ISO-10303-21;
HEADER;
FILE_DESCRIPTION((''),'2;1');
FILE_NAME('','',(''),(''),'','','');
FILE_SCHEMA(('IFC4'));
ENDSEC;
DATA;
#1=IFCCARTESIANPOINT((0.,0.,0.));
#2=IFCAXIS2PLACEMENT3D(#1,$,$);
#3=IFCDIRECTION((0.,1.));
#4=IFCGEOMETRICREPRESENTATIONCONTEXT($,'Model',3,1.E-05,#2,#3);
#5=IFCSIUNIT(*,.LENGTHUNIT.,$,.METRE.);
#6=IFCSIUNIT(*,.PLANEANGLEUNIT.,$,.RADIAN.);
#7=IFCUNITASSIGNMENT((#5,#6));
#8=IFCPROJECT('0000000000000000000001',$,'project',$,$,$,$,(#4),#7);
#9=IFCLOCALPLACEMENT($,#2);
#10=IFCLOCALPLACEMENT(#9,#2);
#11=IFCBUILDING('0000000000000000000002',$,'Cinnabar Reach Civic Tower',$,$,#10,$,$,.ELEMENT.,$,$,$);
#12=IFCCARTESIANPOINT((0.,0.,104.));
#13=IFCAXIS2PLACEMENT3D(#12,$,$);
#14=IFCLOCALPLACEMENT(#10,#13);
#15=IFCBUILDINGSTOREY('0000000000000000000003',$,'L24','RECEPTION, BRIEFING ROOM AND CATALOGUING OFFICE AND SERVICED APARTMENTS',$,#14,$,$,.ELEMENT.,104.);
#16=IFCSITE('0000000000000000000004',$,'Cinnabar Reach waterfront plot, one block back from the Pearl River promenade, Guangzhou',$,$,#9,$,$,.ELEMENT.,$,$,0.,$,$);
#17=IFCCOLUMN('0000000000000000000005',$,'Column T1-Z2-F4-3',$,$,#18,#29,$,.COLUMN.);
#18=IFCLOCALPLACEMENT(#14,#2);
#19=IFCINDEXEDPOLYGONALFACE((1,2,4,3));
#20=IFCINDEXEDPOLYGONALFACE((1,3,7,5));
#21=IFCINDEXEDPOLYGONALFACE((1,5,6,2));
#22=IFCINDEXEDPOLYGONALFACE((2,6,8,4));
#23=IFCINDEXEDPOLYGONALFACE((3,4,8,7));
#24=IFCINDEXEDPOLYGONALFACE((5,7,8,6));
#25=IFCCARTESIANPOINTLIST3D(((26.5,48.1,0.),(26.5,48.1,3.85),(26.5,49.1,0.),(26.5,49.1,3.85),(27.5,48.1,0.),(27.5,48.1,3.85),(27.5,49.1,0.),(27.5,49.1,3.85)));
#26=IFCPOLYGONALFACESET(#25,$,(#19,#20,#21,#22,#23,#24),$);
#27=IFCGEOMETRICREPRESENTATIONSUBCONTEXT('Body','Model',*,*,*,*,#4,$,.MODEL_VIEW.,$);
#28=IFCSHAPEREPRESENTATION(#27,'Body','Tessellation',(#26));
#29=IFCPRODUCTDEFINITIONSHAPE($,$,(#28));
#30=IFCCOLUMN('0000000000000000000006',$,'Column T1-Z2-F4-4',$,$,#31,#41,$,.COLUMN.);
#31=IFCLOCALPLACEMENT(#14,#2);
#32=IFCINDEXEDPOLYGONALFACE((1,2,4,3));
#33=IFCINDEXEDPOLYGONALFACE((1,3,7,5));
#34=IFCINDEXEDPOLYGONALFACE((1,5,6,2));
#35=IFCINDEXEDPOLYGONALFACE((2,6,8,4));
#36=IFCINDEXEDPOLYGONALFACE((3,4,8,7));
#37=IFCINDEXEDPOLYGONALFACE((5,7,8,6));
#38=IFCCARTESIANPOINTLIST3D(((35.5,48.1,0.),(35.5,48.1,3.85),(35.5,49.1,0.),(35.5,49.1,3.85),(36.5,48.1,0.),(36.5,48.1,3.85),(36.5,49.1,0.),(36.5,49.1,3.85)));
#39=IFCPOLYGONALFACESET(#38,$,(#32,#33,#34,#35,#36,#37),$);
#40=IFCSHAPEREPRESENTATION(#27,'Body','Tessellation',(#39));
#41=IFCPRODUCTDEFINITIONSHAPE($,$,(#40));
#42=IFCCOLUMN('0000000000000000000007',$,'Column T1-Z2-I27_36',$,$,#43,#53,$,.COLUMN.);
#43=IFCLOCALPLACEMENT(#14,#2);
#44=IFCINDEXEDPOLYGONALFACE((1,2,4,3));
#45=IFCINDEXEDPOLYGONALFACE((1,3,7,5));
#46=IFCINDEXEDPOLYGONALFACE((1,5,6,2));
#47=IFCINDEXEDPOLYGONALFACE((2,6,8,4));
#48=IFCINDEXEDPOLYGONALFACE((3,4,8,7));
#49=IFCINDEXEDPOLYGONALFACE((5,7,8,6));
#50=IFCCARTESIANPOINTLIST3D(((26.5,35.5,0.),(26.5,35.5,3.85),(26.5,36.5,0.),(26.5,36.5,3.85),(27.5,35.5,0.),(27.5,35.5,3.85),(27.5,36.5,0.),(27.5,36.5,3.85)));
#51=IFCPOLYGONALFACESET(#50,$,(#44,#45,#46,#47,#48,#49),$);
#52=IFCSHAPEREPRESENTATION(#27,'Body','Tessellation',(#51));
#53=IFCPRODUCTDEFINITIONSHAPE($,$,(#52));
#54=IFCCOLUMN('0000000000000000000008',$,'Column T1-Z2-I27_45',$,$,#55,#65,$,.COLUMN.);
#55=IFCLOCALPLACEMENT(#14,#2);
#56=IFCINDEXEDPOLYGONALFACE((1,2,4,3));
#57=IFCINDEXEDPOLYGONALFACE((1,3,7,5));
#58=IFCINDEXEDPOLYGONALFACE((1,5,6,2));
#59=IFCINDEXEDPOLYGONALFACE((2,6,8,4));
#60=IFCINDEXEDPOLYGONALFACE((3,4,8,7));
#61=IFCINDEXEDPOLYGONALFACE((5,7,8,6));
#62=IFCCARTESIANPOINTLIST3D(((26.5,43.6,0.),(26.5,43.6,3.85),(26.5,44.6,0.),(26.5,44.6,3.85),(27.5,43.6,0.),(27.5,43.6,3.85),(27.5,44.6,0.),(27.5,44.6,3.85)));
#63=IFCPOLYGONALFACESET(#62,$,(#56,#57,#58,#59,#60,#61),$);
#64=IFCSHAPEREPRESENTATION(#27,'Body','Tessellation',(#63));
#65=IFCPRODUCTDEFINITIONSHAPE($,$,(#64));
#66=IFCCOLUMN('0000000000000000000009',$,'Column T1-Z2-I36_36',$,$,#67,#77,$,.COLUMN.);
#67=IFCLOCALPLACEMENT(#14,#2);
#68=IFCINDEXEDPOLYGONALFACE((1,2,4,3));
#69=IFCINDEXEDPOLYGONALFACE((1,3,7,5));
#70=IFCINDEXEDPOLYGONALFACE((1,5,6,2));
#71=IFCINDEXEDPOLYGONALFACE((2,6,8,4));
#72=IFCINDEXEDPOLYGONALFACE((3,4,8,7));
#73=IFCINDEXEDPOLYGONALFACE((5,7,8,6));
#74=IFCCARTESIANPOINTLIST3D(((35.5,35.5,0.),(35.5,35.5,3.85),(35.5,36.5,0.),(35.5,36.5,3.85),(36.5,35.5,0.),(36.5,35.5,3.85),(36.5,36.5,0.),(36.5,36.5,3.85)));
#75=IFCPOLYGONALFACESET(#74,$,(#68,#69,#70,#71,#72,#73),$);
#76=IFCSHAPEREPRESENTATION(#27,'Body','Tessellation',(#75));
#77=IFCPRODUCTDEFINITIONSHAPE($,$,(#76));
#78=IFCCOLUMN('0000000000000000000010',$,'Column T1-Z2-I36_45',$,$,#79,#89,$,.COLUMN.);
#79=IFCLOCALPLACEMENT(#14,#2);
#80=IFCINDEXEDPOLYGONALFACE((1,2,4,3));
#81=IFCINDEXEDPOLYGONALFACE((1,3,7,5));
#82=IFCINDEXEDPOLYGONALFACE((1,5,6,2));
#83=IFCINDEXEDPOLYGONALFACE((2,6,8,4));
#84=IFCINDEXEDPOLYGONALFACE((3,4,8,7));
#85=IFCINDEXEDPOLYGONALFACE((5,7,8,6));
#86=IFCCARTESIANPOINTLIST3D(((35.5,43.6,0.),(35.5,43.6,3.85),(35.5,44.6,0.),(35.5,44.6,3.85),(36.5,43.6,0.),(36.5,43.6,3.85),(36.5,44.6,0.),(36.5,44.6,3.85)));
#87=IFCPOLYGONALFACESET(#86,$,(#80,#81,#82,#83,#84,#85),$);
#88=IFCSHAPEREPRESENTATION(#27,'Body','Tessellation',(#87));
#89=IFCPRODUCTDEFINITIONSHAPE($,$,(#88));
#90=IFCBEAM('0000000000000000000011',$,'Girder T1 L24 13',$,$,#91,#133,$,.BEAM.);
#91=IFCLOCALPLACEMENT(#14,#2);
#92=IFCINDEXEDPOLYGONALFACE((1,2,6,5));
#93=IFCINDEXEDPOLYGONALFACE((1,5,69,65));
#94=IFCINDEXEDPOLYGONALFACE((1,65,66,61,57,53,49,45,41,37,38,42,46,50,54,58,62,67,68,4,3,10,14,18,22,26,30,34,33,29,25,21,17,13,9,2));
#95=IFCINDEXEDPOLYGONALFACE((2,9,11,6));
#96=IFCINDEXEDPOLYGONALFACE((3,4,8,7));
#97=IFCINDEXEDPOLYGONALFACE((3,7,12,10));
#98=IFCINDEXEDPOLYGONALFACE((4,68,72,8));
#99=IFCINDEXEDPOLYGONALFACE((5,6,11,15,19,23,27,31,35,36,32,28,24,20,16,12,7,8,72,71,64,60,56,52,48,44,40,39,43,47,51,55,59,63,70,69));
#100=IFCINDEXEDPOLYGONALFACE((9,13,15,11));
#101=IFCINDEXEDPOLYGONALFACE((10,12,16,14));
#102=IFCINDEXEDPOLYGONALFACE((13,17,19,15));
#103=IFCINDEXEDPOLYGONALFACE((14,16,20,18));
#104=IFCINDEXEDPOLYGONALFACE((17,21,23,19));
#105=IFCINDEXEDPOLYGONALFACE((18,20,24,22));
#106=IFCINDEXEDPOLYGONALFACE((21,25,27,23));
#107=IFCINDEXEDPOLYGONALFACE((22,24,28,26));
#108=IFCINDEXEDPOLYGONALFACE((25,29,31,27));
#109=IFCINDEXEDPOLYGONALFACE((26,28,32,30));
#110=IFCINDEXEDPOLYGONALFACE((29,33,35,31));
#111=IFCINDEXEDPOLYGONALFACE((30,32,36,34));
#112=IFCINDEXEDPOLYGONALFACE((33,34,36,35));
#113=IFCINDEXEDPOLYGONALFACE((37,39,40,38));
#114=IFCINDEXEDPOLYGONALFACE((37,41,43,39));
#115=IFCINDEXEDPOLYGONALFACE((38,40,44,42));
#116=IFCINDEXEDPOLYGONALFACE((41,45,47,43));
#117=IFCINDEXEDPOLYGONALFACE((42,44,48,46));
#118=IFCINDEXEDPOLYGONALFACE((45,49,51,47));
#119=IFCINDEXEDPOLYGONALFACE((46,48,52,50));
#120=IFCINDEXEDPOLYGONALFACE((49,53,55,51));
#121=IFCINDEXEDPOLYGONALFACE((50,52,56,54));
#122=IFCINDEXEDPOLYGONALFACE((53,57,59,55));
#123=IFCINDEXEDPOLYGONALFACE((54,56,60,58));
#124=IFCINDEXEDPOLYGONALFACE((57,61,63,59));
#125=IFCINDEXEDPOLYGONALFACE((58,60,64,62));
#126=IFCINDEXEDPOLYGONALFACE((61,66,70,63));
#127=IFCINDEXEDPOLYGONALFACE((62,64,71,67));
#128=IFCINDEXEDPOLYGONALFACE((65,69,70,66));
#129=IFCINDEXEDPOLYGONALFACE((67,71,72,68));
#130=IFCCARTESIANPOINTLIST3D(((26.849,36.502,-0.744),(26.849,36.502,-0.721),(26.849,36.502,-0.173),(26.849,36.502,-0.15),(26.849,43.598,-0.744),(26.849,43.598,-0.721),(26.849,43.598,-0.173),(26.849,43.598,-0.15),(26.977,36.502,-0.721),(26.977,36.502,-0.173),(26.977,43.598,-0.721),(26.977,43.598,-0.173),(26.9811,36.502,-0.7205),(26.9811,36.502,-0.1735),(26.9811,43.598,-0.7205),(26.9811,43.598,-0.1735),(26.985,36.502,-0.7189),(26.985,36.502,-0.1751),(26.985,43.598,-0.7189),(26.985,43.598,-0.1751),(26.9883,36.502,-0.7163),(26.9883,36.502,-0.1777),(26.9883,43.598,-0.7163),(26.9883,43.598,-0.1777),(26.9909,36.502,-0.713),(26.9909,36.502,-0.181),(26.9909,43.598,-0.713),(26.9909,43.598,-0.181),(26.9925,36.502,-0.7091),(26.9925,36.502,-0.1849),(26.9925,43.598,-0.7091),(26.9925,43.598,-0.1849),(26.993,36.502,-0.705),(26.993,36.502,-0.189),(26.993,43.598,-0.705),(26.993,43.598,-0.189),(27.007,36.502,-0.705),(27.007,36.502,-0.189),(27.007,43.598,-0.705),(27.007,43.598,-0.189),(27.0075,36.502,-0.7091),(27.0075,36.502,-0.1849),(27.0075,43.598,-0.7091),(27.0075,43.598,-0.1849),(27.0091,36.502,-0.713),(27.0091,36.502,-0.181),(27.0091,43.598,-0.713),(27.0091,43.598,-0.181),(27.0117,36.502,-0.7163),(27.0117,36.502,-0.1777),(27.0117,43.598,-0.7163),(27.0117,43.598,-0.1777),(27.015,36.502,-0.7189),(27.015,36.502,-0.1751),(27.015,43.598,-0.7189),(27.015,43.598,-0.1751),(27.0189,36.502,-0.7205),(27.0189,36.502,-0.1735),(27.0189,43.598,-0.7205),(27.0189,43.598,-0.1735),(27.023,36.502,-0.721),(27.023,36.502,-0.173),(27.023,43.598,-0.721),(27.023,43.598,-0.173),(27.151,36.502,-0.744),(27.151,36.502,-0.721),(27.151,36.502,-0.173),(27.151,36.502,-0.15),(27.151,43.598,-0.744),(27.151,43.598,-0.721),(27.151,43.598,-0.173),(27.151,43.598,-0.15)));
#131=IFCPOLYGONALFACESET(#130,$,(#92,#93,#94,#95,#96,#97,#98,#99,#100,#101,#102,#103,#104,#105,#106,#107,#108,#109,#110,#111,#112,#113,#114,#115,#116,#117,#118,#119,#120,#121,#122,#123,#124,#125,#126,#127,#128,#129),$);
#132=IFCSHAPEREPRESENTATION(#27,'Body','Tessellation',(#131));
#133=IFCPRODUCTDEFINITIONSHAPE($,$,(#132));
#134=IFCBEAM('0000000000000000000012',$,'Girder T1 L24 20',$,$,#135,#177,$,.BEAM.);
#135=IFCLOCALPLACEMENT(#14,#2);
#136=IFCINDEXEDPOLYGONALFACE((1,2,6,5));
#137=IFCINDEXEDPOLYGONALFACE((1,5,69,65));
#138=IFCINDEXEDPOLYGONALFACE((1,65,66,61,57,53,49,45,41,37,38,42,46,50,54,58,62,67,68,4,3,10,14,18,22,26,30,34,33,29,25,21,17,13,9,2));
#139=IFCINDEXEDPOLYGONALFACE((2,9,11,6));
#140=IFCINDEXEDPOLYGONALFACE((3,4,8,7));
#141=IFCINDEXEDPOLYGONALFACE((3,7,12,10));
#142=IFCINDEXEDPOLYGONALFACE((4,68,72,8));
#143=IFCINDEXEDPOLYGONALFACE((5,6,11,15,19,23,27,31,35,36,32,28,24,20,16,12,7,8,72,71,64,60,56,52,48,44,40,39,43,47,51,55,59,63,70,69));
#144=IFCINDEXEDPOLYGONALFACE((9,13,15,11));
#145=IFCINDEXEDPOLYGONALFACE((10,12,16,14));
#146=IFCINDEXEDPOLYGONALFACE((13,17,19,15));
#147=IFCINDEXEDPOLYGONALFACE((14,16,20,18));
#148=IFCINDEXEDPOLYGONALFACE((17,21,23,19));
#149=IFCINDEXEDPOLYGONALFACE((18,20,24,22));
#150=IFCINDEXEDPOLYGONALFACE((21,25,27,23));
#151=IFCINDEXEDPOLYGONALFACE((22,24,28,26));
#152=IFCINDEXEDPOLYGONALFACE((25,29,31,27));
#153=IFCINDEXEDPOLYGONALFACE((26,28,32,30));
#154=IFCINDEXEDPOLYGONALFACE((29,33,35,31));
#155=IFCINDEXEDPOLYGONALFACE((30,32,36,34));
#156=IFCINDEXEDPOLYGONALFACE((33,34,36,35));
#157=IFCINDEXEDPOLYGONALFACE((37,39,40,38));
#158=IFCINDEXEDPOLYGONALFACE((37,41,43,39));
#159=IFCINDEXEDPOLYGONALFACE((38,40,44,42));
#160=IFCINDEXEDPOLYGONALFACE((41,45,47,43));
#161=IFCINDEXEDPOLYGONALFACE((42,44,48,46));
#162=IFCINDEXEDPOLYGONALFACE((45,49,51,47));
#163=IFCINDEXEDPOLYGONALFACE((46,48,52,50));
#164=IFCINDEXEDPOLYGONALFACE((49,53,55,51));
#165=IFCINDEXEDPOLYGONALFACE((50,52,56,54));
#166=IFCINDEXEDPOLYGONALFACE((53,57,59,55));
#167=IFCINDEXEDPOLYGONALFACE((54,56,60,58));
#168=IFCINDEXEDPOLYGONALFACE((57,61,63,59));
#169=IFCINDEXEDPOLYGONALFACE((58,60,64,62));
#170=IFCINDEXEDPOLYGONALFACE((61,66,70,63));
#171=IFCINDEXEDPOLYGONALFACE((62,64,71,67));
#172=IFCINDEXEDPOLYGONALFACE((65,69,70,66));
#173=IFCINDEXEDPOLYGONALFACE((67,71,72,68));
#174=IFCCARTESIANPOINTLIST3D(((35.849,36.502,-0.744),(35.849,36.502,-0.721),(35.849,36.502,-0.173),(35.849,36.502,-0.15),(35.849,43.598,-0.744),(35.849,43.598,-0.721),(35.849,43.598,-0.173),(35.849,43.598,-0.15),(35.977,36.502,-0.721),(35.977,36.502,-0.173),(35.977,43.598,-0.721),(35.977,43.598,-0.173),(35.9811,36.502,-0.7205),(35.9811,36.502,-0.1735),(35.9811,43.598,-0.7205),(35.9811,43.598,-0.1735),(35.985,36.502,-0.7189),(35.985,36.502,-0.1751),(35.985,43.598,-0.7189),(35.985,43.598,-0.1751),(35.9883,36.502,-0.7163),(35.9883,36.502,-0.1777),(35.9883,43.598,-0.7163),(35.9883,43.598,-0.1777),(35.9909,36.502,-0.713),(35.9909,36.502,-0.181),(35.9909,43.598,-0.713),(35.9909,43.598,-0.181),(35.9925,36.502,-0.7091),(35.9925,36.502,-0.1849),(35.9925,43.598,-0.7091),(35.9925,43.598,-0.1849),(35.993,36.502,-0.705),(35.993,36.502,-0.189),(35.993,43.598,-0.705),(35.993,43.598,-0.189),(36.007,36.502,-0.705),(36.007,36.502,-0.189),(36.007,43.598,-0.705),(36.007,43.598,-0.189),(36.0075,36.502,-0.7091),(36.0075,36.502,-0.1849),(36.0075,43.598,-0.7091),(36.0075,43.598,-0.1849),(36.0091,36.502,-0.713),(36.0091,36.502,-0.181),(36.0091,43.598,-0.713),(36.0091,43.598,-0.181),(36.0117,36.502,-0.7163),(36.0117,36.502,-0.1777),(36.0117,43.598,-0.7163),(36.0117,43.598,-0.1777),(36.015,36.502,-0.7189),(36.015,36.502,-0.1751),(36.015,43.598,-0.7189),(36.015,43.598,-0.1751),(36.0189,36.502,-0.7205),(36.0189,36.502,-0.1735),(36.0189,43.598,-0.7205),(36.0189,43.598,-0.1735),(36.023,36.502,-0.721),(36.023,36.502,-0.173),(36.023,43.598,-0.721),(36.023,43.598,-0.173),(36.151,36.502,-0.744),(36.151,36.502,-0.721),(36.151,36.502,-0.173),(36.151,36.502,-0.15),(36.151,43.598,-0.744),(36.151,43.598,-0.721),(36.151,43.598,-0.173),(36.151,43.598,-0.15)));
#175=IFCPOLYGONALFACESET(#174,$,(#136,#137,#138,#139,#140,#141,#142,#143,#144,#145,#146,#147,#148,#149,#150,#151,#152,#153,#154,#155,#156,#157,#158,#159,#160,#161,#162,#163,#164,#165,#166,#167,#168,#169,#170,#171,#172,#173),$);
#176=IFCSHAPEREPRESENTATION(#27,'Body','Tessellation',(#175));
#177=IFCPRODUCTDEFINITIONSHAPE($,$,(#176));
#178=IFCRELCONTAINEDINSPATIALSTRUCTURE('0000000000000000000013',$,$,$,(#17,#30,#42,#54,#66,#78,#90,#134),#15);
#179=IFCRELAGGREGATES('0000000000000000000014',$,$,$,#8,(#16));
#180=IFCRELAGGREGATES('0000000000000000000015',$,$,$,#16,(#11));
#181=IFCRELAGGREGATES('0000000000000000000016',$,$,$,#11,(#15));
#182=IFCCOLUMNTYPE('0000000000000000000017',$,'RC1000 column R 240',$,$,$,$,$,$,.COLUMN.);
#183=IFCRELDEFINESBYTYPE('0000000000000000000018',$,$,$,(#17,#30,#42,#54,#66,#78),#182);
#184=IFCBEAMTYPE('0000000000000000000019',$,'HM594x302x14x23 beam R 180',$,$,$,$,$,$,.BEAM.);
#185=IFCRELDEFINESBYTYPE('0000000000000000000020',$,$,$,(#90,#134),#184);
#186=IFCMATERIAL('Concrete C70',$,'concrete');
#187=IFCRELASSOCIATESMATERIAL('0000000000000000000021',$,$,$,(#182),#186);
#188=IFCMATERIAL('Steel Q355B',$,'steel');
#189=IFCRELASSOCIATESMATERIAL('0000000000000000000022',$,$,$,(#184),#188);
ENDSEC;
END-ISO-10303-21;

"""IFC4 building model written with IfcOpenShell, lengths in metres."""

from ifc_helpers import new_model, si_unit, direction, frame, origin, origin_2d, place, context, subcontext, project, spatial, rectangle, i_section, extrude, material, material_profile, profile_set, type_object, element, save


model = new_model("IFC4")

# Units and contexts
model_context = context("Model", 3, precision=1e-05, world=origin(), true_north=direction((0.0, 1.0)))
body_context = subcontext(model_context, "Body", "Model", "MODEL_VIEW")
ifc_project = project(units=[si_unit("LENGTHUNIT", "METRE"), si_unit("PLANEANGLEUNIT", "RADIAN")], contexts=[model_context])

# Site, building, storey
site_placement = place(None, origin())
site = spatial("IfcSite", under=ifc_project, at=site_placement, Name="Cinnabar Reach waterfront plot, one block back from the Pearl River promenade, Guangzhou", CompositionType="ELEMENT", RefElevation=0.0)
building_placement = place(site_placement, origin())
building = spatial("IfcBuilding", under=site, at=building_placement, Name="Cinnabar Reach Civic Tower", CompositionType="ELEMENT")
storey_placement = place(building_placement, frame((0.0, 0.0, 104.0)))
storey = spatial("IfcBuildingStorey", under=building, at=storey_placement, Name="L24", Description="RECEPTION, BRIEFING ROOM AND CATALOGUING OFFICE AND SERVICED APARTMENTS", CompositionType="ELEMENT", Elevation=104.0)

# Columns
ifc_material_1 = material(Name="Concrete C70", Category="concrete")
ifc_material_profile_1 = material_profile(ifc_material_1, rectangle(XDim=1.0, YDim=1.0, at=origin_2d()), Name="RC1000")
ifc_profile_set_1 = profile_set([ifc_material_profile_1], Name="Concrete C70")
column_type = type_object("IfcColumnType", Name="RC1000 column R 240", PredefinedType="COLUMN", material=ifc_profile_set_1)
for number, where, z_axis, x_axis, name in (
    (1, (27.0, 48.6, 0.0), (0.0, 0.0, 1.0), (1.0, 0.0, 0.0), "Column T1-Z2-F4-3"),
    (2, (36.0, 48.6, 0.0), (0.0, 0.0, 1.0), (1.0, 0.0, 0.0), "Column T1-Z2-F4-4"),
    (3, (27.0, 36.0, 0.0), (0.0, 0.0, 1.0), (1.0, 0.0, 0.0), "Column T1-Z2-I27_36"),
    (4, (27.0, 44.1, 0.0), (0.0, 0.0, 1.0), (1.0, 0.0, 0.0), "Column T1-Z2-I27_45"),
    (5, (36.0, 36.0, 0.0), (0.0, 0.0, 1.0), (1.0, 0.0, 0.0), "Column T1-Z2-I36_36"),
    (6, (36.0, 44.1, 0.0), (0.0, 0.0, 1.0), (1.0, 0.0, 0.0), "Column T1-Z2-I36_45"),
):
    element("IfcColumn", number, at=place(storey_placement, frame(where, z_axis=z_axis, x_axis=x_axis)), inside=storey, type_object=column_type, Name=name, PredefinedType="COLUMN", context=body_context, shape_type="SweptSolid", body=[
        extrude(rectangle(XDim=1.0, YDim=1.0, at=origin_2d()), origin(), (0.0, 0.0, 1.0), 3.85),
    ])

# Beams
ifc_material_2 = material(Name="Steel Q355B", Category="steel")
ifc_material_profile_2 = material_profile(ifc_material_2, i_section(OverallWidth=0.302, OverallDepth=0.594, WebThickness=0.014, FlangeThickness=0.023, FilletRadius=0.016, at=origin_2d()), Name="HM594x302x14x23")
ifc_profile_set_2 = profile_set([ifc_material_profile_2], Name="Steel Q355B")
beam_type_1 = type_object("IfcBeamType", Name="HM594x302x14x23 beam R 180", PredefinedType="BEAM", material=ifc_profile_set_2)
for number, where, z_axis, x_axis, name in (
    (7, (27.0, 36.502, -0.447), (0.0, 1.0, 0.0), (-1.0, 0.0, 0.0), "Girder T1 L24 13"),
    (8, (36.0, 36.502, -0.447), (0.0, 1.0, 0.0), (-1.0, 0.0, 0.0), "Girder T1 L24 20"),
):
    element("IfcBeam", number, at=place(storey_placement, frame(where, z_axis=z_axis, x_axis=x_axis)), inside=storey, type_object=beam_type_1, Name=name, PredefinedType="BEAM", context=body_context, shape_type="SweptSolid", body=[
        extrude(i_section(OverallWidth=0.302, OverallDepth=0.594, WebThickness=0.014, FlangeThickness=0.023, FilletRadius=0.016, at=origin_2d()), origin(), (0.0, 0.0, 1.0), 7.096),
    ])

save(model, "model.ifc")
